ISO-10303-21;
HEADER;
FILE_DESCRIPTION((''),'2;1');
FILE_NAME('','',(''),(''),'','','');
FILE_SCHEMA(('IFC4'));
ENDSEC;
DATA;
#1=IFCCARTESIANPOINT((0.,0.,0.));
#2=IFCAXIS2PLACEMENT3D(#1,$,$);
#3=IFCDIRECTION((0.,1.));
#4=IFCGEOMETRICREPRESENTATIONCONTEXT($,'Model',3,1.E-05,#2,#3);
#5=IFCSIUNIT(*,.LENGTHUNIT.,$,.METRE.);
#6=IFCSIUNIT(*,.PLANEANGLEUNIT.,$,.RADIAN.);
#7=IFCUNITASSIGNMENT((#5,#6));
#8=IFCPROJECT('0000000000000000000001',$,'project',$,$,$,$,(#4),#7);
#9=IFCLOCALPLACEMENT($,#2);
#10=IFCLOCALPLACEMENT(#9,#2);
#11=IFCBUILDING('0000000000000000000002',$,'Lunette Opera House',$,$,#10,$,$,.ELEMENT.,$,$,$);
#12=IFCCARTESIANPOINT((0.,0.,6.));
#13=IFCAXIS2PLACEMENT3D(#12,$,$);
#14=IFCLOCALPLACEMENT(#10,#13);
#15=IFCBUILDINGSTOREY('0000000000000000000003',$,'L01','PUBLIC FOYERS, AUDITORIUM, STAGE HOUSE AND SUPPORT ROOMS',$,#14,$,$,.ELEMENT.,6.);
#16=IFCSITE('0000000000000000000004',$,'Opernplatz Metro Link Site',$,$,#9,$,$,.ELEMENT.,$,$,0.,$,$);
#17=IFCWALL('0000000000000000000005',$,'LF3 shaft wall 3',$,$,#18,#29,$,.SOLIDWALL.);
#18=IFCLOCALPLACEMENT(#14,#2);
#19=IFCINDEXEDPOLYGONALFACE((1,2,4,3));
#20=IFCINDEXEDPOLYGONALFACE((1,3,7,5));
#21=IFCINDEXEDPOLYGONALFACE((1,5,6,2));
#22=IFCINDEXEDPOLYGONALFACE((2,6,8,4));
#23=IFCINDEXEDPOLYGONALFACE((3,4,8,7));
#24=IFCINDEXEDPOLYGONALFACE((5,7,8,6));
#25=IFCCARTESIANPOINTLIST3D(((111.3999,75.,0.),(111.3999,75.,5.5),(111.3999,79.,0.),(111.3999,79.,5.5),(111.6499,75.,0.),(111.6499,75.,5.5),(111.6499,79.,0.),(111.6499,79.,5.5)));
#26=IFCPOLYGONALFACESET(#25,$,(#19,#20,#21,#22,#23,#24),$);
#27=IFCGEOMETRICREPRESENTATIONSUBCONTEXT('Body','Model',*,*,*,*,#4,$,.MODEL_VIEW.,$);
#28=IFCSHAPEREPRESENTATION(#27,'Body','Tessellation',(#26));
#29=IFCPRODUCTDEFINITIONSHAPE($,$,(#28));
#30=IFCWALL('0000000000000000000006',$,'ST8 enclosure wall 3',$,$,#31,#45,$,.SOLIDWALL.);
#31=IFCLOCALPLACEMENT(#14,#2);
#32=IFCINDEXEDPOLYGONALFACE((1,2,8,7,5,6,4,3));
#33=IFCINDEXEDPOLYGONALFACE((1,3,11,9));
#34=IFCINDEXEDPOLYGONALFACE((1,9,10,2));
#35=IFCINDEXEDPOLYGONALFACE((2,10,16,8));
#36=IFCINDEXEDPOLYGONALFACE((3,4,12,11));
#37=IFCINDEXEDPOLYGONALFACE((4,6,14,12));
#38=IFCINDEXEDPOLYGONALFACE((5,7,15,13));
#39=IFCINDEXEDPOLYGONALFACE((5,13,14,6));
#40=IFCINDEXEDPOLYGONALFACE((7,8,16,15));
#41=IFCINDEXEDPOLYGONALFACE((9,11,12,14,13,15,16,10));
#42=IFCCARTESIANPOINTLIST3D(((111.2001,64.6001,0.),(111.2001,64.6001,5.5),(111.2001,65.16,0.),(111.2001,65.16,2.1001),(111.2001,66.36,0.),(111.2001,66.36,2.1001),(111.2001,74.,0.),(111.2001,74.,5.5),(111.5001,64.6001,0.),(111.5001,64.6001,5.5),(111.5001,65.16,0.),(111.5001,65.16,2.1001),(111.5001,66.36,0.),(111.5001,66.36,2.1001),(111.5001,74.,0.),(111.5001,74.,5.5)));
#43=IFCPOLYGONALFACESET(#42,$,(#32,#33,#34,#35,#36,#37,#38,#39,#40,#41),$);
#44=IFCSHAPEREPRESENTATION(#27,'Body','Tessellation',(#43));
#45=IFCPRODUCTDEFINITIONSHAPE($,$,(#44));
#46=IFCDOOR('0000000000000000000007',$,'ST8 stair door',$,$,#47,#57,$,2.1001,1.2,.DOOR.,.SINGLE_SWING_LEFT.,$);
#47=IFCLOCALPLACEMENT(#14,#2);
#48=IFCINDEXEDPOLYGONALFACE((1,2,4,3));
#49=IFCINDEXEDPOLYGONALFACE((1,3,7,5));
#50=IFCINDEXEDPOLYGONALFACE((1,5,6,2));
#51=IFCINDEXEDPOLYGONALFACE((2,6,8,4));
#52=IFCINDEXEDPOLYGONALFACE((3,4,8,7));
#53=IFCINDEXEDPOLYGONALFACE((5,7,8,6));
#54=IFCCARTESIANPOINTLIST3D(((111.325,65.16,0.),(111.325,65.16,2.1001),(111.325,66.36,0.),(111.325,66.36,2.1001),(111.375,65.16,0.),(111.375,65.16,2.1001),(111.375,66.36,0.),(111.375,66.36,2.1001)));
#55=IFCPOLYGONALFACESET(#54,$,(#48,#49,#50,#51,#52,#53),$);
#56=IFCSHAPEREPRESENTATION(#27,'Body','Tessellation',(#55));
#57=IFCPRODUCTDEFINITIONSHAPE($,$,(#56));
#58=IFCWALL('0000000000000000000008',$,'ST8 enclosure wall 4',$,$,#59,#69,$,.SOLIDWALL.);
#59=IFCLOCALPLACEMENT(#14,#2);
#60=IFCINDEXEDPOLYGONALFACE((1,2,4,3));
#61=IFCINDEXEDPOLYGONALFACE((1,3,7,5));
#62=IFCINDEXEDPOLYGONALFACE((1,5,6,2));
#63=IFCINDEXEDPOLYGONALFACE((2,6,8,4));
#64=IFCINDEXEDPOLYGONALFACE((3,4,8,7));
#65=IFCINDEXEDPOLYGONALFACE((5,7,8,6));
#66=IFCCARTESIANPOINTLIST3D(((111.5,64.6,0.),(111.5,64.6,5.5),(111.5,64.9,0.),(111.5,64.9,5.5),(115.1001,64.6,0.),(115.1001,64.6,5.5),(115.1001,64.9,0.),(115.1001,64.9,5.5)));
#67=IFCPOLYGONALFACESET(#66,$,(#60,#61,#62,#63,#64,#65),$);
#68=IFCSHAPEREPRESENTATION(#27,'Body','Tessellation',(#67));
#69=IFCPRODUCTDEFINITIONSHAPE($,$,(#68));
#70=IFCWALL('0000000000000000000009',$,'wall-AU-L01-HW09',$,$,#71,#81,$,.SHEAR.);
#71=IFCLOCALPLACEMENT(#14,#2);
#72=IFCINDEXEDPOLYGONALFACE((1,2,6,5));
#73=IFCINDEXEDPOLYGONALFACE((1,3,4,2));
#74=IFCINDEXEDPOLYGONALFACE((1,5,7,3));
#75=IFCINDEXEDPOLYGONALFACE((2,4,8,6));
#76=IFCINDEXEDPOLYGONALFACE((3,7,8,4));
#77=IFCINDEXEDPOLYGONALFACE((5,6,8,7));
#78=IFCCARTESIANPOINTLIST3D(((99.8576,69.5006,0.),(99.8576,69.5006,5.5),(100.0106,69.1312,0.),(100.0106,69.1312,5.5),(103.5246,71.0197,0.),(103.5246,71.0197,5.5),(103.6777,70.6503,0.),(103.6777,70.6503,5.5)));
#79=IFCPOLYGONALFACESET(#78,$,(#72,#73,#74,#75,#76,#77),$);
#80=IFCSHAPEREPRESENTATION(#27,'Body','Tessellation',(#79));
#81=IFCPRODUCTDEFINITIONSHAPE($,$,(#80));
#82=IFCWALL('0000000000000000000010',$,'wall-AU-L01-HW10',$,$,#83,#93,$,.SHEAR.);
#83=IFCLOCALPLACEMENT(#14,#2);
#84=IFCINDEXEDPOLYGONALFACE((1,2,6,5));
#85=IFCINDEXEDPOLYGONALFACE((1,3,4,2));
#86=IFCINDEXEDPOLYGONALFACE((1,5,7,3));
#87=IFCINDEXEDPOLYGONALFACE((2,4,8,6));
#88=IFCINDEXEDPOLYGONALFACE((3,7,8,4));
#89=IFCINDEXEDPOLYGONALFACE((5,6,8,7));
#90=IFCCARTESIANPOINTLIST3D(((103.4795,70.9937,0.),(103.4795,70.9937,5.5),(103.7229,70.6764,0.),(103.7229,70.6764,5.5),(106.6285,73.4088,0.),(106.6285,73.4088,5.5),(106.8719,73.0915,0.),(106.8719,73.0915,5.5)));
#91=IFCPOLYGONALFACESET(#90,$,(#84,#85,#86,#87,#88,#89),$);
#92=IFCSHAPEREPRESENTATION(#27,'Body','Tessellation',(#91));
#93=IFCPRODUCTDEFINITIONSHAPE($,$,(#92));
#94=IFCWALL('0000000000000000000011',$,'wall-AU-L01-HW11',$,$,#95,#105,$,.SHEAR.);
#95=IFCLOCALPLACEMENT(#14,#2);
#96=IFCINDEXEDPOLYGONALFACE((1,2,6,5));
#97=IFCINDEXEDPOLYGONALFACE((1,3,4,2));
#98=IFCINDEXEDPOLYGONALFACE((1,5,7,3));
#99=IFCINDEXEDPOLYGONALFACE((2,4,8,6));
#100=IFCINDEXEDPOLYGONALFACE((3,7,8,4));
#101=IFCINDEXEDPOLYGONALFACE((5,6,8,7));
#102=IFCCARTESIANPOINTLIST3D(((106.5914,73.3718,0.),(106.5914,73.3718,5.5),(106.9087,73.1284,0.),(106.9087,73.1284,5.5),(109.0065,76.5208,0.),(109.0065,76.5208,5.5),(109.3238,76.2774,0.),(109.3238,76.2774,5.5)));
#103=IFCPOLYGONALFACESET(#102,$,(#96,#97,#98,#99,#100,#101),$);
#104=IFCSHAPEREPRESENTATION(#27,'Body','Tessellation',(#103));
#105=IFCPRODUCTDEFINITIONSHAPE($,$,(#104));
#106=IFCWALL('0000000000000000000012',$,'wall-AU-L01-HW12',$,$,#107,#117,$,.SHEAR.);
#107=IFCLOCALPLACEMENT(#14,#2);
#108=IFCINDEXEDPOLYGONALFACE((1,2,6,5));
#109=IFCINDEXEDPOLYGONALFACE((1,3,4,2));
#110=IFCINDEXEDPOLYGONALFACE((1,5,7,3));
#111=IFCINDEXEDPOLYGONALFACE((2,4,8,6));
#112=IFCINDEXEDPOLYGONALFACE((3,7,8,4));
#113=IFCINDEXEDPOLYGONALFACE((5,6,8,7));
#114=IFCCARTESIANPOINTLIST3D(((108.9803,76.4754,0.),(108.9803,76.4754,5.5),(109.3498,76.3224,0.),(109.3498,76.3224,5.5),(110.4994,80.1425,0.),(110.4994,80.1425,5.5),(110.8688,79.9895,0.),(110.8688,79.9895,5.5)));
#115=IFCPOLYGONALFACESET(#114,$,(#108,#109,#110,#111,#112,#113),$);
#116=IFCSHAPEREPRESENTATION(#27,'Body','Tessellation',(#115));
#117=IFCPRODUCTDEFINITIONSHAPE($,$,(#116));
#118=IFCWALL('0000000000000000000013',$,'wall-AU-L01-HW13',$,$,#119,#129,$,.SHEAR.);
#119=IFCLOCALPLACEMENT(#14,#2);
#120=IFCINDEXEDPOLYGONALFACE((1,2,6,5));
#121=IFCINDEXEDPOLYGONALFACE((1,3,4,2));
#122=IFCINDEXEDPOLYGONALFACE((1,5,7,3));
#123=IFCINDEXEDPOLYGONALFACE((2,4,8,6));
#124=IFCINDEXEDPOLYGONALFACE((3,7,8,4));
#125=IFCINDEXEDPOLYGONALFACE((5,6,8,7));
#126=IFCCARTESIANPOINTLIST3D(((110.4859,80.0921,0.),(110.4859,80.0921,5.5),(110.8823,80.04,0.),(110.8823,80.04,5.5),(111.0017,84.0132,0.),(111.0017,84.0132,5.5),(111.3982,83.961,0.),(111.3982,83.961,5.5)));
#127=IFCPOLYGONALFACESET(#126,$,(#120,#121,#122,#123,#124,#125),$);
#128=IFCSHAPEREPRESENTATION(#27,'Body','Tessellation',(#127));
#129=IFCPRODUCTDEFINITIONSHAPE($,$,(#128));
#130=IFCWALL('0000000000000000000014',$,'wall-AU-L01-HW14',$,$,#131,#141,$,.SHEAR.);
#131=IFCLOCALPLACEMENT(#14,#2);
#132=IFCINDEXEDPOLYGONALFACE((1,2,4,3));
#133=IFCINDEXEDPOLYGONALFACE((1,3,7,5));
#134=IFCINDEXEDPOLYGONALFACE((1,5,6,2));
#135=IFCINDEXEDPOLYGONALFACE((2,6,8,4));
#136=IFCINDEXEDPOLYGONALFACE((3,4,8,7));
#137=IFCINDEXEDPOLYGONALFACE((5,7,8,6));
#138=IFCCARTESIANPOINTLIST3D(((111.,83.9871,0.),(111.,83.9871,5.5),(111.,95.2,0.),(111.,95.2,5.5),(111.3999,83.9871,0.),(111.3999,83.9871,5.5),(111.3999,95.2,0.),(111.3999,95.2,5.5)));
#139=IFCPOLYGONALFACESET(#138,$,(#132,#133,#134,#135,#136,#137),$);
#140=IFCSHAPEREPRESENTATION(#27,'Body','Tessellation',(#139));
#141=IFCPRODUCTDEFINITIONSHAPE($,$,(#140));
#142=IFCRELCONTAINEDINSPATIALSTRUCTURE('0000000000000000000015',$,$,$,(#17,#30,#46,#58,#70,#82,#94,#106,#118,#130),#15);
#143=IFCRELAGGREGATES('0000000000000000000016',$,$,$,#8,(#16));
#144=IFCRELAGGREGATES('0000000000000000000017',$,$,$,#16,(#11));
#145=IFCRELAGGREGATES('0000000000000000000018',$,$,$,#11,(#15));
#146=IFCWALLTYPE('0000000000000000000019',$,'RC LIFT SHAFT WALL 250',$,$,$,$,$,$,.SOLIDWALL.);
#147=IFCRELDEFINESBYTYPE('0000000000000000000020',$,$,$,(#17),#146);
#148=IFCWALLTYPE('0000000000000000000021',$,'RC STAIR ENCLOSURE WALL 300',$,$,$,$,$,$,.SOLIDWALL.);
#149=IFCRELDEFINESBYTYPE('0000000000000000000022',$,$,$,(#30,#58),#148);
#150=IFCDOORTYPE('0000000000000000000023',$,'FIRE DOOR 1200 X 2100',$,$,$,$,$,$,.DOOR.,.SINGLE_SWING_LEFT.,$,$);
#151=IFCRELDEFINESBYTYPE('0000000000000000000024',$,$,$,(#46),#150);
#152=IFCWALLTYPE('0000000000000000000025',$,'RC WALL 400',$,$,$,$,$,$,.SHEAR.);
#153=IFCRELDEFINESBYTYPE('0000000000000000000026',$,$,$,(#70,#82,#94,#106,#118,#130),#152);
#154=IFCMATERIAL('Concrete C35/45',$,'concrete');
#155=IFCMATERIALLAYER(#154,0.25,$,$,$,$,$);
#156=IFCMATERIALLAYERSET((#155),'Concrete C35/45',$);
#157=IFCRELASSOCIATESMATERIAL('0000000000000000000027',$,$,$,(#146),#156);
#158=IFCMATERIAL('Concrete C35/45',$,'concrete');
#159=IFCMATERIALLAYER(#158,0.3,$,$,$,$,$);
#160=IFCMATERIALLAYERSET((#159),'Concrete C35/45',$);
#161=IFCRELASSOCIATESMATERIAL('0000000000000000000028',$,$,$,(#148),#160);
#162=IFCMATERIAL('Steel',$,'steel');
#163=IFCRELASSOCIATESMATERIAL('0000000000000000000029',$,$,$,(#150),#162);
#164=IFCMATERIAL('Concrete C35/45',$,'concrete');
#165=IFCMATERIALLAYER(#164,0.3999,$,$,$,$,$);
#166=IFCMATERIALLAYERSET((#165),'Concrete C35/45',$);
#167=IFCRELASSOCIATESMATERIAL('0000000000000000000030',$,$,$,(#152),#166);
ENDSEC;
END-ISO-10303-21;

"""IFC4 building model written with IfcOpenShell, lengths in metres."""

from ifc_helpers import new_model, si_unit, direction, frame, frame_2d, origin, place, context, subcontext, project, spatial, rectangle, extrude, material, layer, layer_set, type_object, element, fill, save


model = new_model("IFC4")

# Units and contexts
model_context = context("Model", 3, precision=1e-05, world=origin(), true_north=direction((0.0, 1.0)))
body_context = subcontext(model_context, "Body", "Model", "MODEL_VIEW")
ifc_project = project(units=[si_unit("LENGTHUNIT", "METRE"), si_unit("PLANEANGLEUNIT", "RADIAN")], contexts=[model_context])

# Site, building, storey
site_placement = place(None, origin())
site = spatial("IfcSite", under=ifc_project, at=site_placement, Name="Opernplatz Metro Link Site", CompositionType="ELEMENT", RefElevation=0.0)
building_placement = place(site_placement, origin())
building = spatial("IfcBuilding", under=site, at=building_placement, Name="Lunette Opera House", CompositionType="ELEMENT")
storey_placement = place(building_placement, frame((0.0, 0.0, 6.0)))
storey = spatial("IfcBuildingStorey", under=building, at=storey_placement, Name="L01", Description="PUBLIC FOYERS, AUDITORIUM, STAGE HOUSE AND SUPPORT ROOMS", CompositionType="ELEMENT", Elevation=6.0)

# Wall
ifc_material_1 = material(Name="Concrete C35/45", Category="concrete")
ifc_layer_1 = layer(ifc_material_1, 0.25)
ifc_layer_set_1 = layer_set([ifc_layer_1], Name="Concrete C35/45")
wall_type_1 = type_object("IfcWallType", Name="RC LIFT SHAFT WALL 250", PredefinedType="SOLIDWALL", material=ifc_layer_set_1)
wall_1_placement = place(storey_placement, frame((111.5249, 79.0, 0.0), z_axis=(0.0, 0.0, 1.0), x_axis=(0.0, -1.0, 0.0)))
element("IfcWall", 1, at=wall_1_placement, inside=storey, type_object=wall_type_1, Name="LF3 shaft wall 3", PredefinedType="SOLIDWALL", context=body_context, shape_type="SweptSolid", body=[
    extrude(rectangle(XDim=4.0, YDim=0.25, at=frame_2d((2.0, 0.0))), origin(), (0.0, 0.0, 1.0), 5.5),
])

# Wall, opening, door
ifc_material_2 = material(Name="Concrete C35/45", Category="concrete")
ifc_layer_2 = layer(ifc_material_2, 0.3)
ifc_layer_set_2 = layer_set([ifc_layer_2], Name="Concrete C35/45")
wall_type_2 = type_object("IfcWallType", Name="RC STAIR ENCLOSURE WALL 300", PredefinedType="SOLIDWALL", material=ifc_layer_set_2)
wall_2_placement = place(storey_placement, frame((111.3501, 74.0, 0.0), z_axis=(0.0, 0.0, 1.0), x_axis=(0.0, -1.0, 0.0)))
wall_2 = element("IfcWall", 2, at=wall_2_placement, inside=storey, type_object=wall_type_2, Name="ST8 enclosure wall 3", PredefinedType="SOLIDWALL", context=body_context, shape_type="SweptSolid", body=[
    extrude(rectangle(XDim=9.3999, YDim=0.3, at=frame_2d((4.7, 0.0))), origin(), (0.0, 0.0, 1.0), 5.5),
])
opening_placement = place(wall_2_placement, frame((7.6399, 0.0, 0.0)))
opening = element("IfcOpeningElement", 3, at=opening_placement, cuts=wall_2, PredefinedType="OPENING", context=body_context, shape_type="SweptSolid", body=[
    extrude(rectangle(XDim=1.2, YDim=2.1001, at=frame_2d((0.6001, 1.05))), frame((0.0, 0.1621, 0.0), z_axis=(0.0, -1.0, 0.0), x_axis=(1.0, 0.0, 0.0)), (0.0, 0.0, 1.0), 0.324),
])
ifc_material_3 = material(Name="Steel", Category="steel")
door_type = type_object("IfcDoorType", Name="FIRE DOOR 1200 X 2100", OperationType="SINGLE_SWING_LEFT", PredefinedType="DOOR", material=ifc_material_3)
door_placement = place(opening_placement, origin())
door = element("IfcDoor", 4, at=door_placement, inside=storey, type_object=door_type, Name="ST8 stair door", OperationType="SINGLE_SWING_LEFT", OverallHeight=2.1001, OverallWidth=1.2, PredefinedType="DOOR", context=body_context, shape_type="SweptSolid", body=[
    extrude(rectangle(XDim=1.2, YDim=2.1001, at=frame_2d((0.6001, 1.05))), frame((0.0, 0.0249, 0.0), z_axis=(0.0, -1.0, 0.0), x_axis=(1.0, 0.0, 0.0)), (0.0, 0.0, 1.0), 0.05),
])
fill(opening, door)

# Walls
wall_3_placement = place(storey_placement, frame((111.5, 64.75, 0.0), z_axis=(0.0, 0.0, 1.0), x_axis=(1.0, 0.0, 0.0)))
element("IfcWall", 5, at=wall_3_placement, inside=storey, type_object=wall_type_2, Name="ST8 enclosure wall 4", PredefinedType="SOLIDWALL", context=body_context, shape_type="SweptSolid", body=[
    extrude(rectangle(XDim=3.6001, YDim=0.3, at=frame_2d((1.8, 0.0))), origin(), (0.0, 0.0, 1.0), 5.5),
])
ifc_material_4 = material(Name="Concrete C35/45", Category="concrete")
ifc_layer_3 = layer(ifc_material_4, 0.3999)
ifc_layer_set_3 = layer_set([ifc_layer_3], Name="Concrete C35/45")
wall_type_3 = type_object("IfcWallType", Name="RC WALL 400", PredefinedType="SHEAR", material=ifc_layer_set_3)
wall_4_placement = place(storey_placement, frame((99.9341, 69.3159, 0.0), z_axis=(0.0, 0.0, 1.0), x_axis=(0.923868, 0.38271, 0.0)))
element("IfcWall", 6, at=wall_4_placement, inside=storey, type_object=wall_type_3, Name="wall-AU-L01-HW09", PredefinedType="SHEAR", context=body_context, shape_type="SweptSolid", body=[
    extrude(rectangle(XDim=3.9692, YDim=0.3999, at=frame_2d((1.9846, 0.0))), origin(), (0.0, 0.0, 1.0), 5.5),
])
for number, where, z_axis, x_axis, name in (
    (7, (103.6011, 70.835, 0.0), (0.0, 0.0, 1.0), (0.793501, 0.608568, 0.0), "wall-AU-L01-HW10"),
    (8, (106.75, 73.25, 0.0), (0.0, 0.0, 1.0), (0.608568, 0.793501, 0.0), "wall-AU-L01-HW11"),
):
    element("IfcWall", number, at=place(storey_placement, frame(where, z_axis=z_axis, x_axis=x_axis)), inside=storey, type_object=wall_type_3, Name=name, PredefinedType="SHEAR", context=body_context, shape_type="SweptSolid", body=[
        extrude(rectangle(XDim=3.9685, YDim=0.3999, at=frame_2d((1.9844, 0.0))), origin(), (0.0, 0.0, 1.0), 5.5),
    ])
wall_5_placement = place(storey_placement, frame((109.165, 76.3989, 0.0), z_axis=(0.0, 0.0, 1.0), x_axis=(0.38271, 0.923868, 0.0)))
element("IfcWall", 9, at=wall_5_placement, inside=storey, type_object=wall_type_3, Name="wall-AU-L01-HW12", PredefinedType="SHEAR", context=body_context, shape_type="SweptSolid", body=[
    extrude(rectangle(XDim=3.9692, YDim=0.3999, at=frame_2d((1.9846, 0.0))), origin(), (0.0, 0.0, 1.0), 5.5),
])
wall_6_placement = place(storey_placement, frame((110.6841, 80.0659, 0.0), z_axis=(0.0, 0.0, 1.0), x_axis=(0.130437, 0.991457, 0.0)))
element("IfcWall", 10, at=wall_6_placement, inside=storey, type_object=wall_type_3, Name="wall-AU-L01-HW13", PredefinedType="SHEAR", context=body_context, shape_type="SweptSolid", body=[
    extrude(rectangle(XDim=3.9548, YDim=0.3999, at=frame_2d((1.9775, 0.0))), origin(), (0.0, 0.0, 1.0), 5.5),
])
wall_7_placement = place(storey_placement, frame((111.2, 83.9871, 0.0), z_axis=(0.0, 0.0, 1.0), x_axis=(0.0, 1.0, 0.0)))
element("IfcWall", 11, at=wall_7_placement, inside=storey, type_object=wall_type_3, Name="wall-AU-L01-HW14", PredefinedType="SHEAR", context=body_context, shape_type="SweptSolid", body=[
    extrude(rectangle(XDim=11.2129, YDim=0.3999, at=frame_2d((5.6064, 0.0))), origin(), (0.0, 0.0, 1.0), 5.5),
])

save(model, "model.ifc")
